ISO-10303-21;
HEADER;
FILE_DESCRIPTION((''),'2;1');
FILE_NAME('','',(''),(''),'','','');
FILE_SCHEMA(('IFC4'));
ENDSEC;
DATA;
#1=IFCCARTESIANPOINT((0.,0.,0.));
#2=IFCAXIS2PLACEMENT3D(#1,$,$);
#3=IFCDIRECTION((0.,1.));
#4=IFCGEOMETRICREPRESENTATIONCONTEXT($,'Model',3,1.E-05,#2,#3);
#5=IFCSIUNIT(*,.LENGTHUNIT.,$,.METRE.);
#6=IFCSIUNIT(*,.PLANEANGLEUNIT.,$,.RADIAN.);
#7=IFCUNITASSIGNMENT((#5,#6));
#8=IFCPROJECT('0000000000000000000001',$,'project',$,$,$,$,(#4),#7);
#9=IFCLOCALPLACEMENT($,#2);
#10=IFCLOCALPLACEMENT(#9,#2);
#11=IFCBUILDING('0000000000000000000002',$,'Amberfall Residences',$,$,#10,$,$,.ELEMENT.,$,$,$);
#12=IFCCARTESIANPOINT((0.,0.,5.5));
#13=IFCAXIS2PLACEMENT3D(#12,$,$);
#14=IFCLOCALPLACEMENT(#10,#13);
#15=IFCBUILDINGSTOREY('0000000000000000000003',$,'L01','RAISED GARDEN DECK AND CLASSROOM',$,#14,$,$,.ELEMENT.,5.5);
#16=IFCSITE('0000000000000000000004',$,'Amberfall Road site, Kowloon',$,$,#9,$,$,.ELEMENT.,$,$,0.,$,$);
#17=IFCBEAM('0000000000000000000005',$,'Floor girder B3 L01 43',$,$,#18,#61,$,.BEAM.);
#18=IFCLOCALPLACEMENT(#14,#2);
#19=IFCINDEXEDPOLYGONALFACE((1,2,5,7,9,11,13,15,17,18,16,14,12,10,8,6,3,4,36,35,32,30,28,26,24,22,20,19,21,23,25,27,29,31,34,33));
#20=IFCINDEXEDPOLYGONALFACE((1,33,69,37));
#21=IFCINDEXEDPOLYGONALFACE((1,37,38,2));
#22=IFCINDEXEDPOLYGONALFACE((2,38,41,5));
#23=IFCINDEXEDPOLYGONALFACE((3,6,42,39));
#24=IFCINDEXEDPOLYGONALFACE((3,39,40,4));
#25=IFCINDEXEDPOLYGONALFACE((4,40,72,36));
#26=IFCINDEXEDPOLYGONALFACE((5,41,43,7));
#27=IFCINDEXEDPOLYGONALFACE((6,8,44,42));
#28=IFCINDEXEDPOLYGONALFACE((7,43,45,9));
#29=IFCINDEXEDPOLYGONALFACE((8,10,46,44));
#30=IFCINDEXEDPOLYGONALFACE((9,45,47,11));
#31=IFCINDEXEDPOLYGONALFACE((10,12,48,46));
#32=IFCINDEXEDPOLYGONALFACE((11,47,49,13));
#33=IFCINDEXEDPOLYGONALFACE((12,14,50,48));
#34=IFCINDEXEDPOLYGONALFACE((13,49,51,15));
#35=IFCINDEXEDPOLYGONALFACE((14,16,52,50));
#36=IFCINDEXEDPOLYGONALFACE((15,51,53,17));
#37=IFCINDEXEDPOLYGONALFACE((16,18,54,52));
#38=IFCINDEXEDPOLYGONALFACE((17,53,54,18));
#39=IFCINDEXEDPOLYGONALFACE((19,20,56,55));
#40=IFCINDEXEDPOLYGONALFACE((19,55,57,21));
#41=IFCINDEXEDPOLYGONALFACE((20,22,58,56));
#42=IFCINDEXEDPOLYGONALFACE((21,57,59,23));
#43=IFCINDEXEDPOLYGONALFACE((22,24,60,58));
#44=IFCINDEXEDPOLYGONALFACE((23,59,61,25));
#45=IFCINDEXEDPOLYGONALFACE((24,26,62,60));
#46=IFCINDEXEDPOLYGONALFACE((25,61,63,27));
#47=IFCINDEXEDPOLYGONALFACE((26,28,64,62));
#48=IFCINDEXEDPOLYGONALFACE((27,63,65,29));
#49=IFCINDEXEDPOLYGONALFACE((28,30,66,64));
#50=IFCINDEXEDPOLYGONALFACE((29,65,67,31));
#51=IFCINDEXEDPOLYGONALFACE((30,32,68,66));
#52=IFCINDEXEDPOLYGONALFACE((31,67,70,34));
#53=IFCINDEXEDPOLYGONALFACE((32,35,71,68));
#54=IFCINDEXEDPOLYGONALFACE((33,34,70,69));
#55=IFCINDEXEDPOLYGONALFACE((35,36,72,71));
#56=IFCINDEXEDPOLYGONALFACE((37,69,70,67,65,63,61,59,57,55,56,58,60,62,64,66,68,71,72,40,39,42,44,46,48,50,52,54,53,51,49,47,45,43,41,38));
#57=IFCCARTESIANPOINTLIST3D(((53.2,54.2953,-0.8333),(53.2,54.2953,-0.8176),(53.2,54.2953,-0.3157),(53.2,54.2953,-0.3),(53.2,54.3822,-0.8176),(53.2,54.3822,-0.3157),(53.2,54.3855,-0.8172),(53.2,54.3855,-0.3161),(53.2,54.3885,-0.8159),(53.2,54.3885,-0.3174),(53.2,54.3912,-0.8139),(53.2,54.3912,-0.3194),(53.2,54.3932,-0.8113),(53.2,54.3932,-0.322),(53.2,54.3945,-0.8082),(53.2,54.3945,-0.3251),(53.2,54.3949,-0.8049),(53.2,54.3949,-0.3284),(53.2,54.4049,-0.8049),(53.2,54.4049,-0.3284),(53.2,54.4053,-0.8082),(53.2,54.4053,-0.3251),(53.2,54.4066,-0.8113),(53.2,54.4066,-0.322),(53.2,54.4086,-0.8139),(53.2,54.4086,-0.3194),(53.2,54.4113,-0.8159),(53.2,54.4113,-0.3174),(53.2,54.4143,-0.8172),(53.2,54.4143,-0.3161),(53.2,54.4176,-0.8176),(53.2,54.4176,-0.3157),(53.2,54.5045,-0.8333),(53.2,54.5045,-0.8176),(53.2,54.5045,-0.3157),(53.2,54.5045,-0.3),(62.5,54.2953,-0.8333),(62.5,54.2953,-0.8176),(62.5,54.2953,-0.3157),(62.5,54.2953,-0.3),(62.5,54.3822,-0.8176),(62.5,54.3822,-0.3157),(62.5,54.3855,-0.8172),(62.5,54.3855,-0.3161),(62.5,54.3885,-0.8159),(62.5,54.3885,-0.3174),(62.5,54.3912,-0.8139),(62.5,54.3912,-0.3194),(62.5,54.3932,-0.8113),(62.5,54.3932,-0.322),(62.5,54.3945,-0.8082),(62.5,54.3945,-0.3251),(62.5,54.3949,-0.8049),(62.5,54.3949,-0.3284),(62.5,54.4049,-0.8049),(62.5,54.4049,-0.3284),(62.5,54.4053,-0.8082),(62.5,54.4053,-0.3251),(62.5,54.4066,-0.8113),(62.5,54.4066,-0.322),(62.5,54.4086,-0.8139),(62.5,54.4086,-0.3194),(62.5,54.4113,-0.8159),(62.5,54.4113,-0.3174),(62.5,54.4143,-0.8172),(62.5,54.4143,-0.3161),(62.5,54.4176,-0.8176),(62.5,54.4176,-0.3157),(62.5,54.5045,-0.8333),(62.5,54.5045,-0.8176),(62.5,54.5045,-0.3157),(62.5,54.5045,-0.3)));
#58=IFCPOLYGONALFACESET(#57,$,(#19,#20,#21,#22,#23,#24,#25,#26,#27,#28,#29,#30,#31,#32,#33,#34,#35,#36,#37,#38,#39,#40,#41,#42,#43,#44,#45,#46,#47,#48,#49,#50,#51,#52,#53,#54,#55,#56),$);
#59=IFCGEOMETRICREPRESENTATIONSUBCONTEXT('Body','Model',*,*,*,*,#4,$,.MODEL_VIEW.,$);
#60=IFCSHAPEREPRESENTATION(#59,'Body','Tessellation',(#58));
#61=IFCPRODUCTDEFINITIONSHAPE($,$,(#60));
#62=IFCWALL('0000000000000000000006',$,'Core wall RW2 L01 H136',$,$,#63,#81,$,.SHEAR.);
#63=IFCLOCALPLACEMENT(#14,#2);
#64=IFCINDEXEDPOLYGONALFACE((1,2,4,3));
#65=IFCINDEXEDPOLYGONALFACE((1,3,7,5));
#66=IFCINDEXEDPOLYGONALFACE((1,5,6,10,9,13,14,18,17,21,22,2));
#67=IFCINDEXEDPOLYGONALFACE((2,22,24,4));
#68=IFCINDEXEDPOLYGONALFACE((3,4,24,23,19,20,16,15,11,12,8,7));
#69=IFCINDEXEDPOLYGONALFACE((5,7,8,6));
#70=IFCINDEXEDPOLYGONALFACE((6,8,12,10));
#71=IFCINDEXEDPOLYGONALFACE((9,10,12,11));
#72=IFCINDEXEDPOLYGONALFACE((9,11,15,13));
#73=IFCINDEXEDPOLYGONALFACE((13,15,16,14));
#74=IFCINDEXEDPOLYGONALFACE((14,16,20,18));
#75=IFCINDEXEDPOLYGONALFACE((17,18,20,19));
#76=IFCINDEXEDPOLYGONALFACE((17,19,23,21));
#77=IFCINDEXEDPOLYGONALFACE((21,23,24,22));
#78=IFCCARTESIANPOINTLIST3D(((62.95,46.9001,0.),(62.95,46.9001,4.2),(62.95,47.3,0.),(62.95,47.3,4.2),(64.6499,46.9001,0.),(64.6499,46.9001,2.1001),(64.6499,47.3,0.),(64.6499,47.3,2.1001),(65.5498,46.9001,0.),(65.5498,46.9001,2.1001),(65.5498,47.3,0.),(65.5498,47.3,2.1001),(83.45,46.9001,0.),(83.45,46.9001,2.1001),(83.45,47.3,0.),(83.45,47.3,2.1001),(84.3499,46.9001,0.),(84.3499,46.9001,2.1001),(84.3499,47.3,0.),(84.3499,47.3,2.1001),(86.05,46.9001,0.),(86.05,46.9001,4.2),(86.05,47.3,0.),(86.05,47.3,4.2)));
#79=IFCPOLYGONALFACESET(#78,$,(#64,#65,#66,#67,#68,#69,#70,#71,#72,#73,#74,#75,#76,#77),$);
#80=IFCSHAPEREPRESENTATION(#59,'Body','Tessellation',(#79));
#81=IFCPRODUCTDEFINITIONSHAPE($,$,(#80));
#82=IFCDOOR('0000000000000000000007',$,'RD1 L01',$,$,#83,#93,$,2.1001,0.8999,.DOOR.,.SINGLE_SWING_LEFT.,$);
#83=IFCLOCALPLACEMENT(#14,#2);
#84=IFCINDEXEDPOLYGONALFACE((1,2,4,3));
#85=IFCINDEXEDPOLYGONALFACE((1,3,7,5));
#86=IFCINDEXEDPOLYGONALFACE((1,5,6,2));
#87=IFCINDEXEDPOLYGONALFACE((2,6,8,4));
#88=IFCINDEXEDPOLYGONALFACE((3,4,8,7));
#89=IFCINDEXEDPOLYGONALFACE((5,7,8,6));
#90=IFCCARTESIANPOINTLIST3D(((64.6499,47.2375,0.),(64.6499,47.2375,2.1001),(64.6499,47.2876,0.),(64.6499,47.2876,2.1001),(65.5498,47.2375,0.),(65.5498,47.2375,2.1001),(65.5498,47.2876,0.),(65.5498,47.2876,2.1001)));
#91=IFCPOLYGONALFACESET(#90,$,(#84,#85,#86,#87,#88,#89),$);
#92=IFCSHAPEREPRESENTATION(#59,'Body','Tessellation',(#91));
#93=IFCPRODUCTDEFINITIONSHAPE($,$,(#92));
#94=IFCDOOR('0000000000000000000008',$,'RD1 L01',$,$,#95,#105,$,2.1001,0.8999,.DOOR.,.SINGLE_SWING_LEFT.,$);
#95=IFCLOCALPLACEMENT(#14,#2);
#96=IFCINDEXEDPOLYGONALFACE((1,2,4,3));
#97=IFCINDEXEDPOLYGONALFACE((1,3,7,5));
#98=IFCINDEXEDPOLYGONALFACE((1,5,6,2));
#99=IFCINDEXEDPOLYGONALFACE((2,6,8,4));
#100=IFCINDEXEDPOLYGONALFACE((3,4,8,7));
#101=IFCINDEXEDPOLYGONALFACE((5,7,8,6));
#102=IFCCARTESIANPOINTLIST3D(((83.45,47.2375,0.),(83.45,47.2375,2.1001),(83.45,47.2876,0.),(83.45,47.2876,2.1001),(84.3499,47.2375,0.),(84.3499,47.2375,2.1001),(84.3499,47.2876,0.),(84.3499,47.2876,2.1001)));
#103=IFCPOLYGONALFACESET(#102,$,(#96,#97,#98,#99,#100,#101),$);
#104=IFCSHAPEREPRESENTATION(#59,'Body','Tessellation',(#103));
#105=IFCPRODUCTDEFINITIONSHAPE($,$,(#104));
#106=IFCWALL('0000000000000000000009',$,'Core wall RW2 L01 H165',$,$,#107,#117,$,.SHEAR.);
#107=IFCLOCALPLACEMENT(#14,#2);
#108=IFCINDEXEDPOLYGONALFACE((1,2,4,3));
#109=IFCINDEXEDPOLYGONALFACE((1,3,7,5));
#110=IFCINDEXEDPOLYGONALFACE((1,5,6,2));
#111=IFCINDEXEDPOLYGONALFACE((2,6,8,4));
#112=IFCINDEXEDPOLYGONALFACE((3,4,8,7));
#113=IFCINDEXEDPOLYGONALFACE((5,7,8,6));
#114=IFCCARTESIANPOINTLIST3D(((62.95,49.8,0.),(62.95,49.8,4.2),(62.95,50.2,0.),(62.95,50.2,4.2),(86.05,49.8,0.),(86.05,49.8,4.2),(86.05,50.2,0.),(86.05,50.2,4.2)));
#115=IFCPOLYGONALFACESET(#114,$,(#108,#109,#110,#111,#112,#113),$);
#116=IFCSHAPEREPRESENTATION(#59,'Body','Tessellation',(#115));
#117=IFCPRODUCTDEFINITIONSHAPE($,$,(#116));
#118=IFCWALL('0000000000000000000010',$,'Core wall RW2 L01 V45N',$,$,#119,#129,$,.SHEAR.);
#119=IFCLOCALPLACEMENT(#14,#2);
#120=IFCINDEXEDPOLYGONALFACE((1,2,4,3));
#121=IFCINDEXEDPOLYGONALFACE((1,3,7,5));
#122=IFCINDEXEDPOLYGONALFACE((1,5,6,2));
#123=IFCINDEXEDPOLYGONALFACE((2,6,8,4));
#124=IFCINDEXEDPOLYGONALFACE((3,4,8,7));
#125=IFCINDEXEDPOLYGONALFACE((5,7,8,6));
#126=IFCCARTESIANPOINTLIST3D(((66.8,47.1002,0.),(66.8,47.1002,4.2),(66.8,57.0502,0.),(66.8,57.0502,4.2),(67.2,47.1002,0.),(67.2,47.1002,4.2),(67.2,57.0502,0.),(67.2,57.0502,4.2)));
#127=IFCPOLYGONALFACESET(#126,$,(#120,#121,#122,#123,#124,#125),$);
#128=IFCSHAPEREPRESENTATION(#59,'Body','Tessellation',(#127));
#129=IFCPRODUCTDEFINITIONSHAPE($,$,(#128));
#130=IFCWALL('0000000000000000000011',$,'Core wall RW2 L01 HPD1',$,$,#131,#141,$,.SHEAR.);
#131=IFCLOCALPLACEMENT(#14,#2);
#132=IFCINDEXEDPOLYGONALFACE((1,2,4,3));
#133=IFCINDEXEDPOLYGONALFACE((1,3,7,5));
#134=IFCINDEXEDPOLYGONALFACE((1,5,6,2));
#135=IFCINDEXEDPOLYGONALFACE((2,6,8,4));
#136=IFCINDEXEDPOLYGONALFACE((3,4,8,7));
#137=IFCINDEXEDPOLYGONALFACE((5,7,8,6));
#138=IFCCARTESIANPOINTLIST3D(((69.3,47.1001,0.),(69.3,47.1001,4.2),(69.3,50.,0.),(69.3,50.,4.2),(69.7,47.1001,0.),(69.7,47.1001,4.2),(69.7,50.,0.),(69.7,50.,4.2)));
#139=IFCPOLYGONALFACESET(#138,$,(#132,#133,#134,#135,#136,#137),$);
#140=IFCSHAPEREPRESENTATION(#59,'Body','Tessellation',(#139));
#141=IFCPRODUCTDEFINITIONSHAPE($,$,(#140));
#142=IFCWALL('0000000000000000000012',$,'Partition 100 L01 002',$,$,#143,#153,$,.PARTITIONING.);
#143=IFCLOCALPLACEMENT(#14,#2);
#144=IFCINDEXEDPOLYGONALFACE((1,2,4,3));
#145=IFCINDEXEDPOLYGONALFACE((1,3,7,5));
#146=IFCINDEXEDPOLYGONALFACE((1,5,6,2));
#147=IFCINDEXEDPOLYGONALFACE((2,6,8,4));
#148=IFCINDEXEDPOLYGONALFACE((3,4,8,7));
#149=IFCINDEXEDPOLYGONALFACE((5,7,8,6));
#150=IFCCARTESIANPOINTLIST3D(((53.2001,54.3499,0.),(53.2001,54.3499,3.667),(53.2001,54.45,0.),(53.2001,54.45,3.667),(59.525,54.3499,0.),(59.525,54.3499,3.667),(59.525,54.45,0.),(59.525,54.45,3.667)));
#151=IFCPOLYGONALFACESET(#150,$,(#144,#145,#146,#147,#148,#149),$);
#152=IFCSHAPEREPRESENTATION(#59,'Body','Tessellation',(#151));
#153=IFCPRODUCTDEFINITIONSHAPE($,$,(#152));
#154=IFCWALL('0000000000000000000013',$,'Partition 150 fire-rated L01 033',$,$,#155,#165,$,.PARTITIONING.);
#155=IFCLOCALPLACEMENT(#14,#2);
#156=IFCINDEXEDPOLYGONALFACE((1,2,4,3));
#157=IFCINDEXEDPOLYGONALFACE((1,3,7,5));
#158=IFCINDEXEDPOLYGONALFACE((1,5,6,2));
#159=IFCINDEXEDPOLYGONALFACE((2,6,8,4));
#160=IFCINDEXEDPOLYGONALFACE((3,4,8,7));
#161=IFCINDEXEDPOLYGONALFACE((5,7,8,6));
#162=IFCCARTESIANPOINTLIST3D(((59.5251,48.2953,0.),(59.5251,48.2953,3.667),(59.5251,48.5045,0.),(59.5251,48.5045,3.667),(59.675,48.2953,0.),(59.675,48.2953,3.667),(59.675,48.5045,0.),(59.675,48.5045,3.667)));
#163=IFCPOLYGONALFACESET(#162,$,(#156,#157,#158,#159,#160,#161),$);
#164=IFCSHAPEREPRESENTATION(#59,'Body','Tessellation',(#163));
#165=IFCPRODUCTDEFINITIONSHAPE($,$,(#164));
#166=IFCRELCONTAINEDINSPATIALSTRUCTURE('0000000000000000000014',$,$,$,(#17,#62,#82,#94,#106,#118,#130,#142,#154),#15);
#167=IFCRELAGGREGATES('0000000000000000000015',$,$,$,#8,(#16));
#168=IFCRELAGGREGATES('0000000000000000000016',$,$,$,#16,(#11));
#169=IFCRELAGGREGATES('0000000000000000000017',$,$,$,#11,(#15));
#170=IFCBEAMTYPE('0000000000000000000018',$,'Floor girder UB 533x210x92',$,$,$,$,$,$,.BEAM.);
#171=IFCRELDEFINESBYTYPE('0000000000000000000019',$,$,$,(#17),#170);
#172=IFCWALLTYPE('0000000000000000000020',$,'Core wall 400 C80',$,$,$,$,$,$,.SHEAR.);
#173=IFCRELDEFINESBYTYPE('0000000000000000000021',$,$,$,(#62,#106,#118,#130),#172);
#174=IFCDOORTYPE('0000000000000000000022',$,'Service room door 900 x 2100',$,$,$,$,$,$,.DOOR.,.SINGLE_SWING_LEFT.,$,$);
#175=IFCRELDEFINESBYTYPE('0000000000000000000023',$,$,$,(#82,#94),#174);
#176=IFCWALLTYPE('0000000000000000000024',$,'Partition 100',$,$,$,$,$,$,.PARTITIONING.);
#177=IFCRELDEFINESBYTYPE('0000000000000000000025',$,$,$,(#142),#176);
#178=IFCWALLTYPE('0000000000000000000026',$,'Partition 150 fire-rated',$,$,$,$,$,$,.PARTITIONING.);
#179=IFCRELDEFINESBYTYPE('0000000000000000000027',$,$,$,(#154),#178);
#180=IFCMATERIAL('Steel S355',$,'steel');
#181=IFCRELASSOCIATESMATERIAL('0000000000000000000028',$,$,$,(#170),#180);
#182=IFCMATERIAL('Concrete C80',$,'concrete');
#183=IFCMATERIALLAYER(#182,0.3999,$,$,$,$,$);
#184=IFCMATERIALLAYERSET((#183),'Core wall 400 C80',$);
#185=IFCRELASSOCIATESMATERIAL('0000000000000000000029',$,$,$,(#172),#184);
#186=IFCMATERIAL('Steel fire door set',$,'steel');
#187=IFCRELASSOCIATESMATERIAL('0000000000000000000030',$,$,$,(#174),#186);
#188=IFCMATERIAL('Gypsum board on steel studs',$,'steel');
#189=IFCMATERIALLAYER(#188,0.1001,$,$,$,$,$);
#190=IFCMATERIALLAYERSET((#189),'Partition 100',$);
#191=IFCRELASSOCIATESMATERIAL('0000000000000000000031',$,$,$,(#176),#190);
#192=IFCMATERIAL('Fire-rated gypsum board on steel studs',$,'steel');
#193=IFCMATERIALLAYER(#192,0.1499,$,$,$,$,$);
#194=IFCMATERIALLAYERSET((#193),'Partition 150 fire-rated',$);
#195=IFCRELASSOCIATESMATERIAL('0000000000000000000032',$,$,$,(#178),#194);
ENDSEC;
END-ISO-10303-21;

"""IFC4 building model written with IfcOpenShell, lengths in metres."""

from ifc_helpers import new_model, si_unit, direction, frame, frame_2d, origin, origin_2d, place, context, subcontext, project, spatial, rectangle, i_section, extrude, material, layer, layer_set, material_profile, profile_set, type_object, element, fill, save


model = new_model("IFC4")

# Units and contexts
model_context = context("Model", 3, precision=1e-05, world=origin(), true_north=direction((0.0, 1.0)))
body_context = subcontext(model_context, "Body", "Model", "MODEL_VIEW")
ifc_project = project(units=[si_unit("LENGTHUNIT", "METRE"), si_unit("PLANEANGLEUNIT", "RADIAN")], contexts=[model_context])

# Site, building, storey
site_placement = place(None, origin())
site = spatial("IfcSite", under=ifc_project, at=site_placement, Name="Amberfall Road site, Kowloon", CompositionType="ELEMENT", RefElevation=0.0)
building_placement = place(site_placement, origin())
building = spatial("IfcBuilding", under=site, at=building_placement, Name="Amberfall Residences", CompositionType="ELEMENT")
storey_placement = place(building_placement, frame((0.0, 0.0, 5.5)))
storey = spatial("IfcBuildingStorey", under=building, at=storey_placement, Name="L01", Description="RAISED GARDEN DECK AND CLASSROOM", CompositionType="ELEMENT", Elevation=5.5)

# Beam
ifc_material_1 = material(Name="Steel S355", Category="steel")
ifc_material_profile = material_profile(ifc_material_1, i_section(OverallWidth=0.2092, OverallDepth=0.5332, WebThickness=0.01, FlangeThickness=0.0156, FilletRadius=0.0127, at=origin_2d()), Name="UB 533x210x92")
ifc_profile_set = profile_set([ifc_material_profile], Name="Steel S355")
beam_type = type_object("IfcBeamType", Name="Floor girder UB 533x210x92", PredefinedType="BEAM", material=ifc_profile_set)
beam_placement = place(storey_placement, frame((53.2, 54.3999, -0.5667), z_axis=(1.0, 0.0, 0.0), x_axis=(0.0, 1.0, 0.0)))
element("IfcBeam", 1, at=beam_placement, inside=storey, type_object=beam_type, Name="Floor girder B3 L01 43", PredefinedType="BEAM", context=body_context, shape_type="SweptSolid", body=[
    extrude(i_section(OverallWidth=0.2092, OverallDepth=0.5332, WebThickness=0.01, FlangeThickness=0.0156, FilletRadius=0.0127, at=origin_2d()), origin(), (0.0, 0.0, 1.0), 9.3),
])

# Wall, openings, doors
ifc_material_2 = material(Name="Concrete C80", Category="concrete")
ifc_layer_1 = layer(ifc_material_2, 0.3999)
ifc_layer_set_1 = layer_set([ifc_layer_1], Name="Core wall 400 C80")
wall_type_1 = type_object("IfcWallType", Name="Core wall 400 C80", PredefinedType="SHEAR", material=ifc_layer_set_1)
ifc_material_3 = material(Name="Steel fire door set", Category="steel")
door_type_1 = type_object("IfcDoorType", Name="Service room door 900 x 2100", OperationType="SINGLE_SWING_LEFT", PredefinedType="DOOR", material=ifc_material_3)
wall_1_placement = place(storey_placement, frame((62.95, 47.1001, 0.0), z_axis=(0.0, 0.0, 1.0), x_axis=(1.0, 0.0, 0.0)))
wall_1 = element("IfcWall", 2, at=wall_1_placement, inside=storey, type_object=wall_type_1, Name="Core wall RW2 L01 H136", PredefinedType="SHEAR", context=body_context, shape_type="SweptSolid", body=[
    extrude(rectangle(XDim=23.1001, YDim=0.3999, at=frame_2d((11.55, 0.0))), origin(), (0.0, 0.0, 1.0), 4.2),
])
opening_1_placement = place(wall_1_placement, frame((1.7, 0.0, 0.0)))
opening_1 = element("IfcOpeningElement", 3, at=opening_1_placement, cuts=wall_1, PredefinedType="OPENING", context=body_context, shape_type="SweptSolid", body=[
    extrude(rectangle(XDim=0.8999, YDim=2.1001, at=frame_2d((0.45, 1.05))), frame((0.0, 0.21, 0.0), z_axis=(0.0, -1.0, 0.0), x_axis=(1.0, 0.0, 0.0)), (0.0, 0.0, 1.0), 0.4199),
])
opening_2_placement = place(wall_1_placement, frame((20.5, 0.0, 0.0)))
opening_2 = element("IfcOpeningElement", 4, at=opening_2_placement, cuts=wall_1, PredefinedType="OPENING", context=body_context, shape_type="SweptSolid", body=[
    extrude(rectangle(XDim=0.8999, YDim=2.1001, at=frame_2d((0.45, 1.05))), frame((0.0, 0.21, 0.0), z_axis=(0.0, -1.0, 0.0), x_axis=(1.0, 0.0, 0.0)), (0.0, 0.0, 1.0), 0.4199),
])
door_1_placement = place(opening_1_placement, origin())
door_1 = element("IfcDoor", 5, at=door_1_placement, inside=storey, type_object=door_type_1, Name="RD1 L01", OperationType="SINGLE_SWING_LEFT", OverallHeight=2.1001, OverallWidth=0.8999, PredefinedType="DOOR", context=body_context, shape_type="SweptSolid", body=[
    extrude(rectangle(XDim=0.8999, YDim=2.1001, at=frame_2d((0.45, 1.05))), frame((0.0, 0.1875, 0.0), z_axis=(0.0, -1.0, 0.0), x_axis=(1.0, 0.0, 0.0)), (0.0, 0.0, 1.0), 0.05),
])
fill(opening_1, door_1)
door_2_placement = place(opening_2_placement, origin())
door_2 = element("IfcDoor", 6, at=door_2_placement, inside=storey, type_object=door_type_1, Name="RD1 L01", OperationType="SINGLE_SWING_LEFT", OverallHeight=2.1001, OverallWidth=0.8999, PredefinedType="DOOR", context=body_context, shape_type="SweptSolid", body=[
    extrude(rectangle(XDim=0.8999, YDim=2.1001, at=frame_2d((0.45, 1.05))), frame((0.0, 0.1875, 0.0), z_axis=(0.0, -1.0, 0.0), x_axis=(1.0, 0.0, 0.0)), (0.0, 0.0, 1.0), 0.05),
])
fill(opening_2, door_2)

# Walls
wall_2_placement = place(storey_placement, frame((62.95, 50.0, 0.0), z_axis=(0.0, 0.0, 1.0), x_axis=(1.0, 0.0, 0.0)))
element("IfcWall", 7, at=wall_2_placement, inside=storey, type_object=wall_type_1, Name="Core wall RW2 L01 H165", PredefinedType="SHEAR", context=body_context, shape_type="SweptSolid", body=[
    extrude(rectangle(XDim=23.1001, YDim=0.3999, at=frame_2d((11.55, 0.0))), origin(), (0.0, 0.0, 1.0), 4.2),
])
wall_3_placement = place(storey_placement, frame((67.0, 47.1001, 0.0), z_axis=(0.0, 0.0, 1.0), x_axis=(0.0, 1.0, 0.0)))
element("IfcWall", 8, at=wall_3_placement, inside=storey, type_object=wall_type_1, Name="Core wall RW2 L01 V45N", PredefinedType="SHEAR", context=body_context, shape_type="SweptSolid", body=[
    extrude(rectangle(XDim=9.95, YDim=0.3999, at=frame_2d((4.9751, 0.0))), origin(), (0.0, 0.0, 1.0), 4.2),
])
wall_4_placement = place(storey_placement, frame((69.5, 47.1001, 0.0), z_axis=(0.0, 0.0, 1.0), x_axis=(0.0, 1.0, 0.0)))
element("IfcWall", 9, at=wall_4_placement, inside=storey, type_object=wall_type_1, Name="Core wall RW2 L01 HPD1", PredefinedType="SHEAR", context=body_context, shape_type="SweptSolid", body=[
    extrude(rectangle(XDim=2.8999, YDim=0.3999, at=frame_2d((1.45, 0.0))), origin(), (0.0, 0.0, 1.0), 4.2),
])
ifc_material_4 = material(Name="Gypsum board on steel studs", Category="steel")
ifc_layer_2 = layer(ifc_material_4, 0.1001)
ifc_layer_set_2 = layer_set([ifc_layer_2], Name="Partition 100")
wall_type_2 = type_object("IfcWallType", Name="Partition 100", PredefinedType="PARTITIONING", material=ifc_layer_set_2)
wall_5_placement = place(storey_placement, frame((53.2, 54.3999, 0.0), z_axis=(0.0, 0.0, 1.0), x_axis=(1.0, 0.0, 0.0)))
element("IfcWall", 10, at=wall_5_placement, inside=storey, type_object=wall_type_2, Name="Partition 100 L01 002", PredefinedType="PARTITIONING", context=body_context, shape_type="SweptSolid", body=[
    extrude(rectangle(XDim=6.325, YDim=0.1001, at=frame_2d((3.1626, 0.0))), origin(), (0.0, 0.0, 1.0), 3.667),
])
ifc_material_5 = material(Name="Fire-rated gypsum board on steel studs", Category="steel")
ifc_layer_3 = layer(ifc_material_5, 0.1499)
ifc_layer_set_3 = layer_set([ifc_layer_3], Name="Partition 150 fire-rated")
wall_type_3 = type_object("IfcWallType", Name="Partition 150 fire-rated", PredefinedType="PARTITIONING", material=ifc_layer_set_3)
wall_6_placement = place(storey_placement, frame((59.6001, 48.2954, 0.0), z_axis=(0.0, 0.0, 1.0), x_axis=(0.0, 1.0, 0.0)))
element("IfcWall", 11, at=wall_6_placement, inside=storey, type_object=wall_type_3, Name="Partition 150 fire-rated L01 033", PredefinedType="PARTITIONING", context=body_context, shape_type="SweptSolid", body=[
    extrude(rectangle(XDim=0.2092, YDim=0.1499, at=frame_2d((0.1045, 0.0))), origin(), (0.0, 0.0, 1.0), 3.667),
])

save(model, "model.ifc")
